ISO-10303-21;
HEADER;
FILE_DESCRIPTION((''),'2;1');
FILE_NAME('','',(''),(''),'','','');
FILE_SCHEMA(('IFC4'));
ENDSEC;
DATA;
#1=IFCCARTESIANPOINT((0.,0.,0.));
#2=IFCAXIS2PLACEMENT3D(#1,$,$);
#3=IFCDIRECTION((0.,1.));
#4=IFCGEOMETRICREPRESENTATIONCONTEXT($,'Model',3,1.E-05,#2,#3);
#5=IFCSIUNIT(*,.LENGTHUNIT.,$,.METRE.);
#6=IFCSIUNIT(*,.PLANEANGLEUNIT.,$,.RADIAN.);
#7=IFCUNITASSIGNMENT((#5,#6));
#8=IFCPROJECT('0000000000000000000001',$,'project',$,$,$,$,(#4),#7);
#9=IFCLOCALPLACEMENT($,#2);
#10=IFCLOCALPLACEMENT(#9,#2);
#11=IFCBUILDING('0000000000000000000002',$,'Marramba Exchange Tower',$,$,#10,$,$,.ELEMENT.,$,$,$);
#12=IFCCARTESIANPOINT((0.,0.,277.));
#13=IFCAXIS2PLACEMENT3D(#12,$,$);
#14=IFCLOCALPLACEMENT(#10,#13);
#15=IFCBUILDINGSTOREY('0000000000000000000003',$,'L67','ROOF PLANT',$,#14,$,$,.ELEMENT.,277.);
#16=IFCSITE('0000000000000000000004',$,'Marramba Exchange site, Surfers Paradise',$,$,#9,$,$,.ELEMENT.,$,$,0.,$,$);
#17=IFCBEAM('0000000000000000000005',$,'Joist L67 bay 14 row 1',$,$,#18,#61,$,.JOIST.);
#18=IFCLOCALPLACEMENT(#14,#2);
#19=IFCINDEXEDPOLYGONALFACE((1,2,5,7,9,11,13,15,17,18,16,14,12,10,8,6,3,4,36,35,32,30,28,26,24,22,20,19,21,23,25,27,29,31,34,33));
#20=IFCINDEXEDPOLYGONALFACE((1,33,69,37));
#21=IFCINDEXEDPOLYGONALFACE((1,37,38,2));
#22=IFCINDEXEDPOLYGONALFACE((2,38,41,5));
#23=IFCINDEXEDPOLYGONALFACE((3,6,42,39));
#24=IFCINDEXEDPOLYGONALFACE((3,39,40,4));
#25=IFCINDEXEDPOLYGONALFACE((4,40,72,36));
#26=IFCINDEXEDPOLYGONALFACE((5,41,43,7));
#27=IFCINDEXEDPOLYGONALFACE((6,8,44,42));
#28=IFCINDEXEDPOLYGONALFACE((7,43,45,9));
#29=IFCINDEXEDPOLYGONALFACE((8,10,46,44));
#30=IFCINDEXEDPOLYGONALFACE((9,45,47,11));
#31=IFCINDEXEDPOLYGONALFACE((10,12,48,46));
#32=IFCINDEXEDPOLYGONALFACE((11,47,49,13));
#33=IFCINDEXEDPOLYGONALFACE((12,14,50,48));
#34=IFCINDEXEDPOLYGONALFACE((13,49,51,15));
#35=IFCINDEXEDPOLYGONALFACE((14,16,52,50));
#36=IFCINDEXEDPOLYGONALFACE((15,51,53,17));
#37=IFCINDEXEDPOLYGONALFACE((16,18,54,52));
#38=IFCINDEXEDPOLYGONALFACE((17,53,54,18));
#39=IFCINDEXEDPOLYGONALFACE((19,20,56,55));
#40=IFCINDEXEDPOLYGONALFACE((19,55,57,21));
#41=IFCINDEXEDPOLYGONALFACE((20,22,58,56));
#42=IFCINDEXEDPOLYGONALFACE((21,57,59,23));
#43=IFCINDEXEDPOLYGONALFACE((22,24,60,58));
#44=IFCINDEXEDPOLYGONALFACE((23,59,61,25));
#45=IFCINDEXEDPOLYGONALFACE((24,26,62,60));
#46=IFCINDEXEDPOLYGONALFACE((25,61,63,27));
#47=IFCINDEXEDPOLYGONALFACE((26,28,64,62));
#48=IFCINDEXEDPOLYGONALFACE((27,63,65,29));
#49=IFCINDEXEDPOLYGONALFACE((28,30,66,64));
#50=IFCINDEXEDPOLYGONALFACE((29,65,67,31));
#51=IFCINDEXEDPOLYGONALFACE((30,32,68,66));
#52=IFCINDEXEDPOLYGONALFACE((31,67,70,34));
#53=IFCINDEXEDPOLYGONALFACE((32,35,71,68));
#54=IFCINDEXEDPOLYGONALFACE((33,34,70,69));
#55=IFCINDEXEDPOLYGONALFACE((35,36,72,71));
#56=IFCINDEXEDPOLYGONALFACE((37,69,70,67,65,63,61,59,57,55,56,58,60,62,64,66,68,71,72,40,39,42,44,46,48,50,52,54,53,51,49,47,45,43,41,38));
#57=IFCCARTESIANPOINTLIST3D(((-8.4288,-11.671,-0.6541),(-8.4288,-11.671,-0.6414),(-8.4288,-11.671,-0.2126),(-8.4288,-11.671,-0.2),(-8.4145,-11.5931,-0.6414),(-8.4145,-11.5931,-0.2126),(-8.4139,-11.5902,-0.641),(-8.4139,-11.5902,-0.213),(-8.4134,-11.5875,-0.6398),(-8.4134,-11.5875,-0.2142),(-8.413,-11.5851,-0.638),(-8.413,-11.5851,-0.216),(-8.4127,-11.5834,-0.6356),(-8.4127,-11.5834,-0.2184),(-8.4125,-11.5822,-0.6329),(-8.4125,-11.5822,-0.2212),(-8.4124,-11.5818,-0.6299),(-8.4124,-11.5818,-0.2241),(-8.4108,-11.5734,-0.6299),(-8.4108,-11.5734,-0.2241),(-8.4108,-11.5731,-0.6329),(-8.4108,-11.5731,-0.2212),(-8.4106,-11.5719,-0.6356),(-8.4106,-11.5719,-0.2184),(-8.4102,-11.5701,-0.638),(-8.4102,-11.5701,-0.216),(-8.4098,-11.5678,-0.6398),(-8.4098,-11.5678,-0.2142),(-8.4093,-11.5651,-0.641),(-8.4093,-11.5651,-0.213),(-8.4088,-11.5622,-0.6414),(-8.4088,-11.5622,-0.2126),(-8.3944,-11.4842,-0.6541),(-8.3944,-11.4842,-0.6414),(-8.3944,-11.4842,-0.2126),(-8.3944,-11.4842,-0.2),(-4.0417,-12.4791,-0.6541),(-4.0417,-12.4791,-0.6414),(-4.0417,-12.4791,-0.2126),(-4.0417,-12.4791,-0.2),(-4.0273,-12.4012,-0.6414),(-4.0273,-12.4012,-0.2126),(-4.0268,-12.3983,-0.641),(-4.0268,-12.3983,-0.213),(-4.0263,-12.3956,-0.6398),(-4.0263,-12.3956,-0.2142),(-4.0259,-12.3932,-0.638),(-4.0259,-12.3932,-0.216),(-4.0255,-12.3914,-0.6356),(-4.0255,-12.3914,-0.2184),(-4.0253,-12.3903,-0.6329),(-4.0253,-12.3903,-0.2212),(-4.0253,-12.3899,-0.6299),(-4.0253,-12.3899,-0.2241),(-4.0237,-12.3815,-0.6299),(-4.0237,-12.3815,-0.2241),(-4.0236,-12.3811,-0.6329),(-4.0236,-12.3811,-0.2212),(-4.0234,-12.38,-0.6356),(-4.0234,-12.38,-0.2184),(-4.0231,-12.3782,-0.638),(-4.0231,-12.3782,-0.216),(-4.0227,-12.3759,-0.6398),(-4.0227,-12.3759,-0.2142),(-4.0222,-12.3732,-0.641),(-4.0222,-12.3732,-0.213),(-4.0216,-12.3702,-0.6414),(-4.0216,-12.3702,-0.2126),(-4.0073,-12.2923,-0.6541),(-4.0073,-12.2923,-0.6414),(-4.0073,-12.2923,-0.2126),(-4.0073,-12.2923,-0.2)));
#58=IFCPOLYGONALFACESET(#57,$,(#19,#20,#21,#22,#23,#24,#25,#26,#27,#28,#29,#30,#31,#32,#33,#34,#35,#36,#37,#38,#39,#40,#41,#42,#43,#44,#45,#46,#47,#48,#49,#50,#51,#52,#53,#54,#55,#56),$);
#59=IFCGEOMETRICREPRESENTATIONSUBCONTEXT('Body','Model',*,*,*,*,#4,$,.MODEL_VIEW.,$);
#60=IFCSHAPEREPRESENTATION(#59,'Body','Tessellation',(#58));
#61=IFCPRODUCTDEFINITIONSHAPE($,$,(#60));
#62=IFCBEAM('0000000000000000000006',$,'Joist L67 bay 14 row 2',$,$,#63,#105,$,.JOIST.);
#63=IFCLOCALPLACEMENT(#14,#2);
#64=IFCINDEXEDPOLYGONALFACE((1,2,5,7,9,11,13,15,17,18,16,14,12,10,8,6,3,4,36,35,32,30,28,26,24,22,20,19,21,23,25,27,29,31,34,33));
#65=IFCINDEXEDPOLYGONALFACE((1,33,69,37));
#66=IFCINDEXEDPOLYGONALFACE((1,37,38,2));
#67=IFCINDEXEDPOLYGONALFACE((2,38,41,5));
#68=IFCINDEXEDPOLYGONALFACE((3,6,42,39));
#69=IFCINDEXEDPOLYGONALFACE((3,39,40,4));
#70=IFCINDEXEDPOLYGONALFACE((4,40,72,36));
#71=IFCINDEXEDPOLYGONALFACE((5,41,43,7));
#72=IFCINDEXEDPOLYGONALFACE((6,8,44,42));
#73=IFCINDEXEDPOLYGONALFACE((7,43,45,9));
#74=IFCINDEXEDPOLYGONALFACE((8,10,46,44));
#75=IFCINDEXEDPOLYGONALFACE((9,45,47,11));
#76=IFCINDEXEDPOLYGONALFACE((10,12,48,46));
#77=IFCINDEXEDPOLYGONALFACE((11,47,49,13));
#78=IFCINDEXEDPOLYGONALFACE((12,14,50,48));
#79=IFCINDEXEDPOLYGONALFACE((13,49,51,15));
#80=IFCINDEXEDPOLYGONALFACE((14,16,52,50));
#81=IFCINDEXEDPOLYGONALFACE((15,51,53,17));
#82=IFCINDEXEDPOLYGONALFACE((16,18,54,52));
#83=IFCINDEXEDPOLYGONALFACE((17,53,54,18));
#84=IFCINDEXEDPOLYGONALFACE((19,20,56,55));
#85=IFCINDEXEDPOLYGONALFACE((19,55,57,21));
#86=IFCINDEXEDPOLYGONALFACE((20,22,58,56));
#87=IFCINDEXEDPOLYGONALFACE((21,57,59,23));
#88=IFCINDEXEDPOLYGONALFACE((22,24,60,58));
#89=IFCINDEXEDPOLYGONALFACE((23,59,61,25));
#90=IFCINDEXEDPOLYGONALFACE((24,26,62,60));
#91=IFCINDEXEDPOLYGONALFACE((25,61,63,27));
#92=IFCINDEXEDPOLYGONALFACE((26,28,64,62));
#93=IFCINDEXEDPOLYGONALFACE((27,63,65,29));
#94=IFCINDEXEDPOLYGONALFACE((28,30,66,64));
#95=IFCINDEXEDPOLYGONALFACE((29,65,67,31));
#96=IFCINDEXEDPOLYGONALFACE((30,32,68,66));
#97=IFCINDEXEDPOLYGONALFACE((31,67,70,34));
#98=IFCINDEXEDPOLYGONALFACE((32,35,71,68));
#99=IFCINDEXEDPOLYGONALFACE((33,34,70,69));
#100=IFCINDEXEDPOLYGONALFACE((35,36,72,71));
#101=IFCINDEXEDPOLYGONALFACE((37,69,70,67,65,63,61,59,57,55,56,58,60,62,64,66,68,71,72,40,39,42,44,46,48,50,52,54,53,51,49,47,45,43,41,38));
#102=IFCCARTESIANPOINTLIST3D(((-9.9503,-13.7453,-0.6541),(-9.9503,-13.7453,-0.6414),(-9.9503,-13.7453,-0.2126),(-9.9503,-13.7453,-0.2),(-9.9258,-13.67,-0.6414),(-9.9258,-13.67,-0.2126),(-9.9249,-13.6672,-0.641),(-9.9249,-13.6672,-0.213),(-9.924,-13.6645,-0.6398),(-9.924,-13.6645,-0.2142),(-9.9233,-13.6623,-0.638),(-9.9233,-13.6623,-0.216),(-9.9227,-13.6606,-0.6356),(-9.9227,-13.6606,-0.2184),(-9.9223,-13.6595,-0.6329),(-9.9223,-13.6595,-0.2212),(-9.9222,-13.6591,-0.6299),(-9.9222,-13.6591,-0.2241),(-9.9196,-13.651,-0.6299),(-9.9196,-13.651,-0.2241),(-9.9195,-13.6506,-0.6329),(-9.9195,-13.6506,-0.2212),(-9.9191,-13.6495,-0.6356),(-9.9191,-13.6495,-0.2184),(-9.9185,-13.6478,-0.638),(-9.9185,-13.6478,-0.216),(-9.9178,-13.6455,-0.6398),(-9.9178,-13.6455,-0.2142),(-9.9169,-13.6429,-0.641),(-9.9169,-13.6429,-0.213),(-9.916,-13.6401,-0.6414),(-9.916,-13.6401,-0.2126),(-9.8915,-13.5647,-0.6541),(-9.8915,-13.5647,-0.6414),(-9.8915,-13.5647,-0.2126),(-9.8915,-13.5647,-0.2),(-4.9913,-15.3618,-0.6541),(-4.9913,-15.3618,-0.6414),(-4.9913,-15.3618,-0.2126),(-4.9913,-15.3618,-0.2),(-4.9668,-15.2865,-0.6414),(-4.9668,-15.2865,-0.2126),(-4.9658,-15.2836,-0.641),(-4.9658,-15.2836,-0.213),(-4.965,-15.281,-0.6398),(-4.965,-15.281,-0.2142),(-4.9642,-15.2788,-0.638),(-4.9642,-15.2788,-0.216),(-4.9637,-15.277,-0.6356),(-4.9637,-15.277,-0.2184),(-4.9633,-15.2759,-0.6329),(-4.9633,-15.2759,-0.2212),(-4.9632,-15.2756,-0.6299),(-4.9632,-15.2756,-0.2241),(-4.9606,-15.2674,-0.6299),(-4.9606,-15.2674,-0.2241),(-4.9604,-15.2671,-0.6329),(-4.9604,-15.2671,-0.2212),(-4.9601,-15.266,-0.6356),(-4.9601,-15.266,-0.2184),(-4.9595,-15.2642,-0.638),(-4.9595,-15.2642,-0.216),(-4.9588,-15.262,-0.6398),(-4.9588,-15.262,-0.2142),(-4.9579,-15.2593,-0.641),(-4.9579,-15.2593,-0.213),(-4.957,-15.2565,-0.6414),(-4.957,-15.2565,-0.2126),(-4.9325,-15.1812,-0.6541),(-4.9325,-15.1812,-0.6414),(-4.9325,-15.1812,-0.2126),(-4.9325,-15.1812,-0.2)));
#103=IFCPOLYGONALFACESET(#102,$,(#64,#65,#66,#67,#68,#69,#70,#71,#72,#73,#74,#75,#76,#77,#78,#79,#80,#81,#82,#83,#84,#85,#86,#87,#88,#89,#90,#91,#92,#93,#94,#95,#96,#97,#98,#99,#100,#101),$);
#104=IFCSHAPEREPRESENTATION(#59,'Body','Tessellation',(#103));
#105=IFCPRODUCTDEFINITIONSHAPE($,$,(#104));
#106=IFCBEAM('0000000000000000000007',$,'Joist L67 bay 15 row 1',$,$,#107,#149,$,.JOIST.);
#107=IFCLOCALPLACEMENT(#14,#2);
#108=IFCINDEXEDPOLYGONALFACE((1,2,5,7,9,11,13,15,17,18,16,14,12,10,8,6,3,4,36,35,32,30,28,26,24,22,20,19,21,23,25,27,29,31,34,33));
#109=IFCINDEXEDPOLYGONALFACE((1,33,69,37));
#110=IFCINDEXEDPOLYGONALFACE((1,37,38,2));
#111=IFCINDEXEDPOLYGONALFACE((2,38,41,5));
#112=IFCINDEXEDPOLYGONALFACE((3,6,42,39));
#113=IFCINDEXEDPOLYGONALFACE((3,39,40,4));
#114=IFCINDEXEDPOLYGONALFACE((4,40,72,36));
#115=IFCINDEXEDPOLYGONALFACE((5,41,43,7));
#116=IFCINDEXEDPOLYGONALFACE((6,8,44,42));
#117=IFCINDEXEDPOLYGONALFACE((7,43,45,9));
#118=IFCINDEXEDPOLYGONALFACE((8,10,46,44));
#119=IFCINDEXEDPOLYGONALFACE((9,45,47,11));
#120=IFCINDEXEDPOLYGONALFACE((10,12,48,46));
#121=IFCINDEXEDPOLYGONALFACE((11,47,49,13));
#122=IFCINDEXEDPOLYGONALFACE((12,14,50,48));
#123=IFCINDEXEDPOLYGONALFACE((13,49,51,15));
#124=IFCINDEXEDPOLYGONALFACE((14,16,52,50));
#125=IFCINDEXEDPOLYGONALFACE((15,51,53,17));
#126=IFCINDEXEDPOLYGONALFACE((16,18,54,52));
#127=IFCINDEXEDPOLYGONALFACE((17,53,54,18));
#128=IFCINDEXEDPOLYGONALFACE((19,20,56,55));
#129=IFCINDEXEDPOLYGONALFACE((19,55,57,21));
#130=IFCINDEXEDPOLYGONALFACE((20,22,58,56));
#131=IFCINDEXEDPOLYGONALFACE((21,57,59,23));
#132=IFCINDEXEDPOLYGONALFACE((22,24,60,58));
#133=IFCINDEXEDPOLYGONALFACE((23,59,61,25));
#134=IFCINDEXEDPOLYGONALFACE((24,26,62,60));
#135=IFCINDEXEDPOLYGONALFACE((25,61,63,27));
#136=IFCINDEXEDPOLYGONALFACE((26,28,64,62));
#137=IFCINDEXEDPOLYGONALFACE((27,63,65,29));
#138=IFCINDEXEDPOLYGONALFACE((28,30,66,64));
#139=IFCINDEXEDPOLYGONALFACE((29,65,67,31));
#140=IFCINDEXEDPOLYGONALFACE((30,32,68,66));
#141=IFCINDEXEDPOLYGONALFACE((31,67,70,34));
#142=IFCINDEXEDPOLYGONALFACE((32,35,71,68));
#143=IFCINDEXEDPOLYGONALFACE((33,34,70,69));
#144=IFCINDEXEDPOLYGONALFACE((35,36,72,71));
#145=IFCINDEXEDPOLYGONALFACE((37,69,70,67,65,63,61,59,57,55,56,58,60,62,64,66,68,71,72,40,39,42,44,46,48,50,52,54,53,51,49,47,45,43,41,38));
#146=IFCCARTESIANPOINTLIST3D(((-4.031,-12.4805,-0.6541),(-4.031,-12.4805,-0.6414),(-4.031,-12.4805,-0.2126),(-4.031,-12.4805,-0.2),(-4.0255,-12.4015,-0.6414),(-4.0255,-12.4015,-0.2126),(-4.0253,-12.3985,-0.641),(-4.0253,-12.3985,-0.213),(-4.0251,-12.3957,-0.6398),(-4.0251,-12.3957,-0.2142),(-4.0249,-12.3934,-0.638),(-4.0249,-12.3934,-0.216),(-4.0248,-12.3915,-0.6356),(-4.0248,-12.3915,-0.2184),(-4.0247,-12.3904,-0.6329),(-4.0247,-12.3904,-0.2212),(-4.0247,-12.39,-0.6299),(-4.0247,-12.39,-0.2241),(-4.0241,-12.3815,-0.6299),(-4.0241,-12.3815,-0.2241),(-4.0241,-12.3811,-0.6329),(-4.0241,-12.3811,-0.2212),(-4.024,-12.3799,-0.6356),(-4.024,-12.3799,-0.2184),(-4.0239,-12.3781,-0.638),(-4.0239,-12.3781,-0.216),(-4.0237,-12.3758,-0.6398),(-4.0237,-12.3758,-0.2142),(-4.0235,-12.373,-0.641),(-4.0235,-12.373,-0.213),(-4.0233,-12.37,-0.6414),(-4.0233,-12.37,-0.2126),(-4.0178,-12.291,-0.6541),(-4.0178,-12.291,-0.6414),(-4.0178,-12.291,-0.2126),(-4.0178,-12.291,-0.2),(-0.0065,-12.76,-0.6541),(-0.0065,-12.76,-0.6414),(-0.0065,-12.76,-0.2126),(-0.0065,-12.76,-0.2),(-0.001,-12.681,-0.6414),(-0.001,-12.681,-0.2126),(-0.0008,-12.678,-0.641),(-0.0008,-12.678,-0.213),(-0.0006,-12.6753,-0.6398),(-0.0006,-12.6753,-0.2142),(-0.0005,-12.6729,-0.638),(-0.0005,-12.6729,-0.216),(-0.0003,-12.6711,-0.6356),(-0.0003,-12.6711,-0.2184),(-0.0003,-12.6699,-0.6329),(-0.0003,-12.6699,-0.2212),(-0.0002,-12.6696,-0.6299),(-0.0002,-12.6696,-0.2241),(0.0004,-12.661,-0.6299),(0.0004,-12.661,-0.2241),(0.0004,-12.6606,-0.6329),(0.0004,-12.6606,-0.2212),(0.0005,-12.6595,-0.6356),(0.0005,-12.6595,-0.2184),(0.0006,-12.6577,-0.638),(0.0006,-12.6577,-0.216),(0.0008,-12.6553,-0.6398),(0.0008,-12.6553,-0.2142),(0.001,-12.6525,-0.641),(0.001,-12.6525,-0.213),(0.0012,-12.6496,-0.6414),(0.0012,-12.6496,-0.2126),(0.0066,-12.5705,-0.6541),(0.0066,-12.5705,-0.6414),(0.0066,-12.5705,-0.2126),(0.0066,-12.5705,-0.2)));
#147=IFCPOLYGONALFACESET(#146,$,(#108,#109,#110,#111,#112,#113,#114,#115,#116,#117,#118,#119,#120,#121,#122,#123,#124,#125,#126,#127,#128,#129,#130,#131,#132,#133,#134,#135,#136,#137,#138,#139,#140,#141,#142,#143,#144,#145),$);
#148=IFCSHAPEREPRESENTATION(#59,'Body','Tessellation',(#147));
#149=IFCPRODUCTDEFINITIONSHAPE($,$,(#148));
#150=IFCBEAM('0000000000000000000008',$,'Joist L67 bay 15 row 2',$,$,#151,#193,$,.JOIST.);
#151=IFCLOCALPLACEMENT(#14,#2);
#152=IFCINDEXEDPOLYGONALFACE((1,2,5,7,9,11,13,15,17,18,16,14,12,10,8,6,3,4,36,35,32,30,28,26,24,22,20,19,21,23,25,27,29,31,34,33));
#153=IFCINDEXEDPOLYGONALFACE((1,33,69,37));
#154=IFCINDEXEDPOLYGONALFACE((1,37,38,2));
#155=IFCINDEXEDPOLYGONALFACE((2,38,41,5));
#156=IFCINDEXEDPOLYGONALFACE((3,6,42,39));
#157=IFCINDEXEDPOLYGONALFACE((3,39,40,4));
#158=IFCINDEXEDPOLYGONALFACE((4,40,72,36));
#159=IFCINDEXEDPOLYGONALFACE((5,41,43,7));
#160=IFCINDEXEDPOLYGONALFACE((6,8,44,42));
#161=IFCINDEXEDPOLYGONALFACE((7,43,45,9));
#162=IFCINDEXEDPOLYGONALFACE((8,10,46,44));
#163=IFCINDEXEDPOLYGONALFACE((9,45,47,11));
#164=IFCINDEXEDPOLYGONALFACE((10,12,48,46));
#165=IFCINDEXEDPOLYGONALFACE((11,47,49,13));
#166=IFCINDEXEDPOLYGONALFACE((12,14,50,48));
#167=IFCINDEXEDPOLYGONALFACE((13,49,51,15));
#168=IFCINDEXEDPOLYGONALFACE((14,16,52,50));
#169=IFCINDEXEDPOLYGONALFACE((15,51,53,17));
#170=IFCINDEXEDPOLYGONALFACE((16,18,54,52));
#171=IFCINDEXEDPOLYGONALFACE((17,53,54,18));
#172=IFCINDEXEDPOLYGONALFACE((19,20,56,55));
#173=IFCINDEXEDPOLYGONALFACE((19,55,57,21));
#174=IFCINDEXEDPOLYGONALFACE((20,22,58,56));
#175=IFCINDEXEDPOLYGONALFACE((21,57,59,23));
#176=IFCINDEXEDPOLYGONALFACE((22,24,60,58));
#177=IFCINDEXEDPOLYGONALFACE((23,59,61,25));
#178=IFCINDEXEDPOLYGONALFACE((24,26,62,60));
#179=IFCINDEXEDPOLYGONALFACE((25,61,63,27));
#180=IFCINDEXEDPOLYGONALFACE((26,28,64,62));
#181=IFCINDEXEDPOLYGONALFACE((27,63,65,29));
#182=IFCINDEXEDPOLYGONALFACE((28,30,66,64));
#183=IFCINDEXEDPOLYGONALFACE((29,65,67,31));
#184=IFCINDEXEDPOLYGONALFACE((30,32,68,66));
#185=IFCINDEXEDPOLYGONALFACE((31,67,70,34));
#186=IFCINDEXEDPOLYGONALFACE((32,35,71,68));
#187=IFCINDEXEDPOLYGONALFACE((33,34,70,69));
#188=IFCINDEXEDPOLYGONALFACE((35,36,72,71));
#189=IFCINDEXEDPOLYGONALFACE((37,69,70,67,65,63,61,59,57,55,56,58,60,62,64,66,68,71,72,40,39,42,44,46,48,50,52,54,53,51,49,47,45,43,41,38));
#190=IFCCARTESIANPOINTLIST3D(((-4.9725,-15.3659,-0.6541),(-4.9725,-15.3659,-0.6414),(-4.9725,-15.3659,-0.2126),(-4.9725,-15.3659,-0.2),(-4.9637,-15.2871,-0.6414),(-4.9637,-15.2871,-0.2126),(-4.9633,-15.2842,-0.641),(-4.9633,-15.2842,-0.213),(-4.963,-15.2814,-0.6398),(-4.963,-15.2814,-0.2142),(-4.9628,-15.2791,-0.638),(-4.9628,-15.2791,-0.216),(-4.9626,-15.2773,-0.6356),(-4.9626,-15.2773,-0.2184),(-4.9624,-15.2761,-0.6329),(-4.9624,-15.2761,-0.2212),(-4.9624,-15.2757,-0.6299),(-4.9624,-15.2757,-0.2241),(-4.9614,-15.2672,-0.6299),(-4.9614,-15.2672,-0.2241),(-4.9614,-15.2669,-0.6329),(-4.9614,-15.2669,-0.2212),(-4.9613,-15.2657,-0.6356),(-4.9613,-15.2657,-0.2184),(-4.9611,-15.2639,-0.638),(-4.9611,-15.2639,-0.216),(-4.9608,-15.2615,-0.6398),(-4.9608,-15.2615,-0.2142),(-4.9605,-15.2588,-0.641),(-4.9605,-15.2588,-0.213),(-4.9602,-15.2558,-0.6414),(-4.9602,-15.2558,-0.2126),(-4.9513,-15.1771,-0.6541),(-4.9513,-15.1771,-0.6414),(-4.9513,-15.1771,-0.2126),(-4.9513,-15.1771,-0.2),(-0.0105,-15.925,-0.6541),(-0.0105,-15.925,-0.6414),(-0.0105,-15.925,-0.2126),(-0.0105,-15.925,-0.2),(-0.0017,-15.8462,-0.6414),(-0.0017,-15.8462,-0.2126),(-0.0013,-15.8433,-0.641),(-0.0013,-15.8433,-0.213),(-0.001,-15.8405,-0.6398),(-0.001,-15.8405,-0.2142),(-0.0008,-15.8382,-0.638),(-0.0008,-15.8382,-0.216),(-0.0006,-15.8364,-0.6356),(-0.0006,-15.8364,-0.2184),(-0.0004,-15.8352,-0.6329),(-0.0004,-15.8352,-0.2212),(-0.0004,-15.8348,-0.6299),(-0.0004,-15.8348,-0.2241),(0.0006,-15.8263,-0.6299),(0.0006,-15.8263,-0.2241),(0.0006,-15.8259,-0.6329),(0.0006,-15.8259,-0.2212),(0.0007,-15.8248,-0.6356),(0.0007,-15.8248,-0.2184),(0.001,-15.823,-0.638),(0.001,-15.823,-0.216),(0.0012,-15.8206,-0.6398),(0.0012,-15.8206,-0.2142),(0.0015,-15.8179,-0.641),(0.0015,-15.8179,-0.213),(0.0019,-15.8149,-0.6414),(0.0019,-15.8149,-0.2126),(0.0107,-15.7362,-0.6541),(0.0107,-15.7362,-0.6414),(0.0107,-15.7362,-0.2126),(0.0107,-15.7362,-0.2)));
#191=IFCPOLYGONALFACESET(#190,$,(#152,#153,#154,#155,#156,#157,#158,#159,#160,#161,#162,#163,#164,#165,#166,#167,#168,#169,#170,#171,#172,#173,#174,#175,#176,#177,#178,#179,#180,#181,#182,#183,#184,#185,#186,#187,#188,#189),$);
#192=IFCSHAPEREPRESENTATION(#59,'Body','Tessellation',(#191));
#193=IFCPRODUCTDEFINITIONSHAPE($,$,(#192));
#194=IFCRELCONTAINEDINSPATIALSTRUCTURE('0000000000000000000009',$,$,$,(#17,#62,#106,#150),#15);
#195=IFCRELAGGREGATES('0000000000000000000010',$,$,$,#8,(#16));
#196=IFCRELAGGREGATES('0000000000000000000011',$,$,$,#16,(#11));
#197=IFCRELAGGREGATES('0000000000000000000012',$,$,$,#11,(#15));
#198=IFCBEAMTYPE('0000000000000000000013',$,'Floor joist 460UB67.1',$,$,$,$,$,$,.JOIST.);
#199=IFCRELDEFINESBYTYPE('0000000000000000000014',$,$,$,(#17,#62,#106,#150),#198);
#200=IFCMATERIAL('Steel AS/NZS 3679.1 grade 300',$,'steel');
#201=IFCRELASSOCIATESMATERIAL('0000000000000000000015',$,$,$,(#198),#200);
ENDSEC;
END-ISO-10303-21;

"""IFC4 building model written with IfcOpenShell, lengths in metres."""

from ifc_helpers import new_model, si_unit, direction, frame, origin, origin_2d, place, context, subcontext, project, spatial, i_section, extrude, material, material_profile, profile_set, type_object, element, save


model = new_model("IFC4")

# Units and contexts
model_context = context("Model", 3, precision=1e-05, world=origin(), true_north=direction((0.0, 1.0)))
body_context = subcontext(model_context, "Body", "Model", "MODEL_VIEW")
ifc_project = project(units=[si_unit("LENGTHUNIT", "METRE"), si_unit("PLANEANGLEUNIT", "RADIAN")], contexts=[model_context])

# Site, building, storey
site_placement = place(None, origin())
site = spatial("IfcSite", under=ifc_project, at=site_placement, Name="Marramba Exchange site, Surfers Paradise", CompositionType="ELEMENT", RefElevation=0.0)
building_placement = place(site_placement, origin())
building = spatial("IfcBuilding", under=site, at=building_placement, Name="Marramba Exchange Tower", CompositionType="ELEMENT")
storey_placement = place(building_placement, frame((0.0, 0.0, 277.0)))
storey = spatial("IfcBuildingStorey", under=building, at=storey_placement, Name="L67", Description="ROOF PLANT", CompositionType="ELEMENT", Elevation=277.0)

# Beams
ifc_material_1 = material(Name="Steel AS/NZS 3679.1 grade 300", Category="steel")
ifc_material_profile_1 = material_profile(ifc_material_1, i_section(OverallWidth=0.1899, OverallDepth=0.4541, WebThickness=0.0085, FlangeThickness=0.0127, FilletRadius=0.0115, at=origin_2d()), Name="460UB67.1")
ifc_profile_set_1 = profile_set([ifc_material_profile_1], Name="Steel AS/NZS 3679.1 grade 300")
beam_type_1 = type_object("IfcBeamType", Name="Floor joist 460UB67.1", PredefinedType="JOIST", material=ifc_profile_set_1)
beam_1_placement = place(storey_placement, frame((-8.4116, -11.5776, -0.427), z_axis=(0.983456, -0.181149, 0.0), x_axis=(0.181149, 0.983456, 0.0)))
element("IfcBeam", 1, at=beam_1_placement, inside=storey, type_object=beam_type_1, Name="Joist L67 bay 14 row 1", PredefinedType="JOIST", context=body_context, shape_type="SweptSolid", body=[
    extrude(i_section(OverallWidth=0.1899, OverallDepth=0.4541, WebThickness=0.0085, FlangeThickness=0.0127, FilletRadius=0.0115, at=origin_2d()), origin(), (0.0, 0.0, 1.0), 4.4609),
])
beam_2_placement = place(storey_placement, frame((-9.9209, -13.655, -0.427), z_axis=(0.950764, -0.309916, 0.0), x_axis=(0.309916, 0.950764, 0.0)))
element("IfcBeam", 2, at=beam_2_placement, inside=storey, type_object=beam_type_1, Name="Joist L67 bay 14 row 2", PredefinedType="JOIST", context=body_context, shape_type="SweptSolid", body=[
    extrude(i_section(OverallWidth=0.1899, OverallDepth=0.4541, WebThickness=0.0085, FlangeThickness=0.0127, FilletRadius=0.0115, at=origin_2d()), origin(), (0.0, 0.0, 1.0), 5.2158),
])
beam_3_placement = place(storey_placement, frame((-4.0244, -12.3857, -0.427), z_axis=(0.997596, -0.069294, 0.0), x_axis=(0.069294, 0.997596, 0.0)))
element("IfcBeam", 3, at=beam_3_placement, inside=storey, type_object=beam_type_1, Name="Joist L67 bay 15 row 1", PredefinedType="JOIST", context=body_context, shape_type="SweptSolid", body=[
    extrude(i_section(OverallWidth=0.1899, OverallDepth=0.4541, WebThickness=0.0085, FlangeThickness=0.0127, FilletRadius=0.0115, at=origin_2d()), origin(), (0.0, 0.0, 1.0), 4.0342),
])
beam_4_placement = place(storey_placement, frame((-4.9619, -15.2715, -0.427), z_axis=(0.993712, -0.111966, 0.0), x_axis=(0.111966, 0.993712, 0.0)))
element("IfcBeam", 4, at=beam_4_placement, inside=storey, type_object=beam_type_1, Name="Joist L67 bay 15 row 2", PredefinedType="JOIST", context=body_context, shape_type="SweptSolid", body=[
    extrude(i_section(OverallWidth=0.1899, OverallDepth=0.4541, WebThickness=0.0085, FlangeThickness=0.0127, FilletRadius=0.0115, at=origin_2d()), origin(), (0.0, 0.0, 1.0), 4.9934),
])

save(model, "model.ifc")
